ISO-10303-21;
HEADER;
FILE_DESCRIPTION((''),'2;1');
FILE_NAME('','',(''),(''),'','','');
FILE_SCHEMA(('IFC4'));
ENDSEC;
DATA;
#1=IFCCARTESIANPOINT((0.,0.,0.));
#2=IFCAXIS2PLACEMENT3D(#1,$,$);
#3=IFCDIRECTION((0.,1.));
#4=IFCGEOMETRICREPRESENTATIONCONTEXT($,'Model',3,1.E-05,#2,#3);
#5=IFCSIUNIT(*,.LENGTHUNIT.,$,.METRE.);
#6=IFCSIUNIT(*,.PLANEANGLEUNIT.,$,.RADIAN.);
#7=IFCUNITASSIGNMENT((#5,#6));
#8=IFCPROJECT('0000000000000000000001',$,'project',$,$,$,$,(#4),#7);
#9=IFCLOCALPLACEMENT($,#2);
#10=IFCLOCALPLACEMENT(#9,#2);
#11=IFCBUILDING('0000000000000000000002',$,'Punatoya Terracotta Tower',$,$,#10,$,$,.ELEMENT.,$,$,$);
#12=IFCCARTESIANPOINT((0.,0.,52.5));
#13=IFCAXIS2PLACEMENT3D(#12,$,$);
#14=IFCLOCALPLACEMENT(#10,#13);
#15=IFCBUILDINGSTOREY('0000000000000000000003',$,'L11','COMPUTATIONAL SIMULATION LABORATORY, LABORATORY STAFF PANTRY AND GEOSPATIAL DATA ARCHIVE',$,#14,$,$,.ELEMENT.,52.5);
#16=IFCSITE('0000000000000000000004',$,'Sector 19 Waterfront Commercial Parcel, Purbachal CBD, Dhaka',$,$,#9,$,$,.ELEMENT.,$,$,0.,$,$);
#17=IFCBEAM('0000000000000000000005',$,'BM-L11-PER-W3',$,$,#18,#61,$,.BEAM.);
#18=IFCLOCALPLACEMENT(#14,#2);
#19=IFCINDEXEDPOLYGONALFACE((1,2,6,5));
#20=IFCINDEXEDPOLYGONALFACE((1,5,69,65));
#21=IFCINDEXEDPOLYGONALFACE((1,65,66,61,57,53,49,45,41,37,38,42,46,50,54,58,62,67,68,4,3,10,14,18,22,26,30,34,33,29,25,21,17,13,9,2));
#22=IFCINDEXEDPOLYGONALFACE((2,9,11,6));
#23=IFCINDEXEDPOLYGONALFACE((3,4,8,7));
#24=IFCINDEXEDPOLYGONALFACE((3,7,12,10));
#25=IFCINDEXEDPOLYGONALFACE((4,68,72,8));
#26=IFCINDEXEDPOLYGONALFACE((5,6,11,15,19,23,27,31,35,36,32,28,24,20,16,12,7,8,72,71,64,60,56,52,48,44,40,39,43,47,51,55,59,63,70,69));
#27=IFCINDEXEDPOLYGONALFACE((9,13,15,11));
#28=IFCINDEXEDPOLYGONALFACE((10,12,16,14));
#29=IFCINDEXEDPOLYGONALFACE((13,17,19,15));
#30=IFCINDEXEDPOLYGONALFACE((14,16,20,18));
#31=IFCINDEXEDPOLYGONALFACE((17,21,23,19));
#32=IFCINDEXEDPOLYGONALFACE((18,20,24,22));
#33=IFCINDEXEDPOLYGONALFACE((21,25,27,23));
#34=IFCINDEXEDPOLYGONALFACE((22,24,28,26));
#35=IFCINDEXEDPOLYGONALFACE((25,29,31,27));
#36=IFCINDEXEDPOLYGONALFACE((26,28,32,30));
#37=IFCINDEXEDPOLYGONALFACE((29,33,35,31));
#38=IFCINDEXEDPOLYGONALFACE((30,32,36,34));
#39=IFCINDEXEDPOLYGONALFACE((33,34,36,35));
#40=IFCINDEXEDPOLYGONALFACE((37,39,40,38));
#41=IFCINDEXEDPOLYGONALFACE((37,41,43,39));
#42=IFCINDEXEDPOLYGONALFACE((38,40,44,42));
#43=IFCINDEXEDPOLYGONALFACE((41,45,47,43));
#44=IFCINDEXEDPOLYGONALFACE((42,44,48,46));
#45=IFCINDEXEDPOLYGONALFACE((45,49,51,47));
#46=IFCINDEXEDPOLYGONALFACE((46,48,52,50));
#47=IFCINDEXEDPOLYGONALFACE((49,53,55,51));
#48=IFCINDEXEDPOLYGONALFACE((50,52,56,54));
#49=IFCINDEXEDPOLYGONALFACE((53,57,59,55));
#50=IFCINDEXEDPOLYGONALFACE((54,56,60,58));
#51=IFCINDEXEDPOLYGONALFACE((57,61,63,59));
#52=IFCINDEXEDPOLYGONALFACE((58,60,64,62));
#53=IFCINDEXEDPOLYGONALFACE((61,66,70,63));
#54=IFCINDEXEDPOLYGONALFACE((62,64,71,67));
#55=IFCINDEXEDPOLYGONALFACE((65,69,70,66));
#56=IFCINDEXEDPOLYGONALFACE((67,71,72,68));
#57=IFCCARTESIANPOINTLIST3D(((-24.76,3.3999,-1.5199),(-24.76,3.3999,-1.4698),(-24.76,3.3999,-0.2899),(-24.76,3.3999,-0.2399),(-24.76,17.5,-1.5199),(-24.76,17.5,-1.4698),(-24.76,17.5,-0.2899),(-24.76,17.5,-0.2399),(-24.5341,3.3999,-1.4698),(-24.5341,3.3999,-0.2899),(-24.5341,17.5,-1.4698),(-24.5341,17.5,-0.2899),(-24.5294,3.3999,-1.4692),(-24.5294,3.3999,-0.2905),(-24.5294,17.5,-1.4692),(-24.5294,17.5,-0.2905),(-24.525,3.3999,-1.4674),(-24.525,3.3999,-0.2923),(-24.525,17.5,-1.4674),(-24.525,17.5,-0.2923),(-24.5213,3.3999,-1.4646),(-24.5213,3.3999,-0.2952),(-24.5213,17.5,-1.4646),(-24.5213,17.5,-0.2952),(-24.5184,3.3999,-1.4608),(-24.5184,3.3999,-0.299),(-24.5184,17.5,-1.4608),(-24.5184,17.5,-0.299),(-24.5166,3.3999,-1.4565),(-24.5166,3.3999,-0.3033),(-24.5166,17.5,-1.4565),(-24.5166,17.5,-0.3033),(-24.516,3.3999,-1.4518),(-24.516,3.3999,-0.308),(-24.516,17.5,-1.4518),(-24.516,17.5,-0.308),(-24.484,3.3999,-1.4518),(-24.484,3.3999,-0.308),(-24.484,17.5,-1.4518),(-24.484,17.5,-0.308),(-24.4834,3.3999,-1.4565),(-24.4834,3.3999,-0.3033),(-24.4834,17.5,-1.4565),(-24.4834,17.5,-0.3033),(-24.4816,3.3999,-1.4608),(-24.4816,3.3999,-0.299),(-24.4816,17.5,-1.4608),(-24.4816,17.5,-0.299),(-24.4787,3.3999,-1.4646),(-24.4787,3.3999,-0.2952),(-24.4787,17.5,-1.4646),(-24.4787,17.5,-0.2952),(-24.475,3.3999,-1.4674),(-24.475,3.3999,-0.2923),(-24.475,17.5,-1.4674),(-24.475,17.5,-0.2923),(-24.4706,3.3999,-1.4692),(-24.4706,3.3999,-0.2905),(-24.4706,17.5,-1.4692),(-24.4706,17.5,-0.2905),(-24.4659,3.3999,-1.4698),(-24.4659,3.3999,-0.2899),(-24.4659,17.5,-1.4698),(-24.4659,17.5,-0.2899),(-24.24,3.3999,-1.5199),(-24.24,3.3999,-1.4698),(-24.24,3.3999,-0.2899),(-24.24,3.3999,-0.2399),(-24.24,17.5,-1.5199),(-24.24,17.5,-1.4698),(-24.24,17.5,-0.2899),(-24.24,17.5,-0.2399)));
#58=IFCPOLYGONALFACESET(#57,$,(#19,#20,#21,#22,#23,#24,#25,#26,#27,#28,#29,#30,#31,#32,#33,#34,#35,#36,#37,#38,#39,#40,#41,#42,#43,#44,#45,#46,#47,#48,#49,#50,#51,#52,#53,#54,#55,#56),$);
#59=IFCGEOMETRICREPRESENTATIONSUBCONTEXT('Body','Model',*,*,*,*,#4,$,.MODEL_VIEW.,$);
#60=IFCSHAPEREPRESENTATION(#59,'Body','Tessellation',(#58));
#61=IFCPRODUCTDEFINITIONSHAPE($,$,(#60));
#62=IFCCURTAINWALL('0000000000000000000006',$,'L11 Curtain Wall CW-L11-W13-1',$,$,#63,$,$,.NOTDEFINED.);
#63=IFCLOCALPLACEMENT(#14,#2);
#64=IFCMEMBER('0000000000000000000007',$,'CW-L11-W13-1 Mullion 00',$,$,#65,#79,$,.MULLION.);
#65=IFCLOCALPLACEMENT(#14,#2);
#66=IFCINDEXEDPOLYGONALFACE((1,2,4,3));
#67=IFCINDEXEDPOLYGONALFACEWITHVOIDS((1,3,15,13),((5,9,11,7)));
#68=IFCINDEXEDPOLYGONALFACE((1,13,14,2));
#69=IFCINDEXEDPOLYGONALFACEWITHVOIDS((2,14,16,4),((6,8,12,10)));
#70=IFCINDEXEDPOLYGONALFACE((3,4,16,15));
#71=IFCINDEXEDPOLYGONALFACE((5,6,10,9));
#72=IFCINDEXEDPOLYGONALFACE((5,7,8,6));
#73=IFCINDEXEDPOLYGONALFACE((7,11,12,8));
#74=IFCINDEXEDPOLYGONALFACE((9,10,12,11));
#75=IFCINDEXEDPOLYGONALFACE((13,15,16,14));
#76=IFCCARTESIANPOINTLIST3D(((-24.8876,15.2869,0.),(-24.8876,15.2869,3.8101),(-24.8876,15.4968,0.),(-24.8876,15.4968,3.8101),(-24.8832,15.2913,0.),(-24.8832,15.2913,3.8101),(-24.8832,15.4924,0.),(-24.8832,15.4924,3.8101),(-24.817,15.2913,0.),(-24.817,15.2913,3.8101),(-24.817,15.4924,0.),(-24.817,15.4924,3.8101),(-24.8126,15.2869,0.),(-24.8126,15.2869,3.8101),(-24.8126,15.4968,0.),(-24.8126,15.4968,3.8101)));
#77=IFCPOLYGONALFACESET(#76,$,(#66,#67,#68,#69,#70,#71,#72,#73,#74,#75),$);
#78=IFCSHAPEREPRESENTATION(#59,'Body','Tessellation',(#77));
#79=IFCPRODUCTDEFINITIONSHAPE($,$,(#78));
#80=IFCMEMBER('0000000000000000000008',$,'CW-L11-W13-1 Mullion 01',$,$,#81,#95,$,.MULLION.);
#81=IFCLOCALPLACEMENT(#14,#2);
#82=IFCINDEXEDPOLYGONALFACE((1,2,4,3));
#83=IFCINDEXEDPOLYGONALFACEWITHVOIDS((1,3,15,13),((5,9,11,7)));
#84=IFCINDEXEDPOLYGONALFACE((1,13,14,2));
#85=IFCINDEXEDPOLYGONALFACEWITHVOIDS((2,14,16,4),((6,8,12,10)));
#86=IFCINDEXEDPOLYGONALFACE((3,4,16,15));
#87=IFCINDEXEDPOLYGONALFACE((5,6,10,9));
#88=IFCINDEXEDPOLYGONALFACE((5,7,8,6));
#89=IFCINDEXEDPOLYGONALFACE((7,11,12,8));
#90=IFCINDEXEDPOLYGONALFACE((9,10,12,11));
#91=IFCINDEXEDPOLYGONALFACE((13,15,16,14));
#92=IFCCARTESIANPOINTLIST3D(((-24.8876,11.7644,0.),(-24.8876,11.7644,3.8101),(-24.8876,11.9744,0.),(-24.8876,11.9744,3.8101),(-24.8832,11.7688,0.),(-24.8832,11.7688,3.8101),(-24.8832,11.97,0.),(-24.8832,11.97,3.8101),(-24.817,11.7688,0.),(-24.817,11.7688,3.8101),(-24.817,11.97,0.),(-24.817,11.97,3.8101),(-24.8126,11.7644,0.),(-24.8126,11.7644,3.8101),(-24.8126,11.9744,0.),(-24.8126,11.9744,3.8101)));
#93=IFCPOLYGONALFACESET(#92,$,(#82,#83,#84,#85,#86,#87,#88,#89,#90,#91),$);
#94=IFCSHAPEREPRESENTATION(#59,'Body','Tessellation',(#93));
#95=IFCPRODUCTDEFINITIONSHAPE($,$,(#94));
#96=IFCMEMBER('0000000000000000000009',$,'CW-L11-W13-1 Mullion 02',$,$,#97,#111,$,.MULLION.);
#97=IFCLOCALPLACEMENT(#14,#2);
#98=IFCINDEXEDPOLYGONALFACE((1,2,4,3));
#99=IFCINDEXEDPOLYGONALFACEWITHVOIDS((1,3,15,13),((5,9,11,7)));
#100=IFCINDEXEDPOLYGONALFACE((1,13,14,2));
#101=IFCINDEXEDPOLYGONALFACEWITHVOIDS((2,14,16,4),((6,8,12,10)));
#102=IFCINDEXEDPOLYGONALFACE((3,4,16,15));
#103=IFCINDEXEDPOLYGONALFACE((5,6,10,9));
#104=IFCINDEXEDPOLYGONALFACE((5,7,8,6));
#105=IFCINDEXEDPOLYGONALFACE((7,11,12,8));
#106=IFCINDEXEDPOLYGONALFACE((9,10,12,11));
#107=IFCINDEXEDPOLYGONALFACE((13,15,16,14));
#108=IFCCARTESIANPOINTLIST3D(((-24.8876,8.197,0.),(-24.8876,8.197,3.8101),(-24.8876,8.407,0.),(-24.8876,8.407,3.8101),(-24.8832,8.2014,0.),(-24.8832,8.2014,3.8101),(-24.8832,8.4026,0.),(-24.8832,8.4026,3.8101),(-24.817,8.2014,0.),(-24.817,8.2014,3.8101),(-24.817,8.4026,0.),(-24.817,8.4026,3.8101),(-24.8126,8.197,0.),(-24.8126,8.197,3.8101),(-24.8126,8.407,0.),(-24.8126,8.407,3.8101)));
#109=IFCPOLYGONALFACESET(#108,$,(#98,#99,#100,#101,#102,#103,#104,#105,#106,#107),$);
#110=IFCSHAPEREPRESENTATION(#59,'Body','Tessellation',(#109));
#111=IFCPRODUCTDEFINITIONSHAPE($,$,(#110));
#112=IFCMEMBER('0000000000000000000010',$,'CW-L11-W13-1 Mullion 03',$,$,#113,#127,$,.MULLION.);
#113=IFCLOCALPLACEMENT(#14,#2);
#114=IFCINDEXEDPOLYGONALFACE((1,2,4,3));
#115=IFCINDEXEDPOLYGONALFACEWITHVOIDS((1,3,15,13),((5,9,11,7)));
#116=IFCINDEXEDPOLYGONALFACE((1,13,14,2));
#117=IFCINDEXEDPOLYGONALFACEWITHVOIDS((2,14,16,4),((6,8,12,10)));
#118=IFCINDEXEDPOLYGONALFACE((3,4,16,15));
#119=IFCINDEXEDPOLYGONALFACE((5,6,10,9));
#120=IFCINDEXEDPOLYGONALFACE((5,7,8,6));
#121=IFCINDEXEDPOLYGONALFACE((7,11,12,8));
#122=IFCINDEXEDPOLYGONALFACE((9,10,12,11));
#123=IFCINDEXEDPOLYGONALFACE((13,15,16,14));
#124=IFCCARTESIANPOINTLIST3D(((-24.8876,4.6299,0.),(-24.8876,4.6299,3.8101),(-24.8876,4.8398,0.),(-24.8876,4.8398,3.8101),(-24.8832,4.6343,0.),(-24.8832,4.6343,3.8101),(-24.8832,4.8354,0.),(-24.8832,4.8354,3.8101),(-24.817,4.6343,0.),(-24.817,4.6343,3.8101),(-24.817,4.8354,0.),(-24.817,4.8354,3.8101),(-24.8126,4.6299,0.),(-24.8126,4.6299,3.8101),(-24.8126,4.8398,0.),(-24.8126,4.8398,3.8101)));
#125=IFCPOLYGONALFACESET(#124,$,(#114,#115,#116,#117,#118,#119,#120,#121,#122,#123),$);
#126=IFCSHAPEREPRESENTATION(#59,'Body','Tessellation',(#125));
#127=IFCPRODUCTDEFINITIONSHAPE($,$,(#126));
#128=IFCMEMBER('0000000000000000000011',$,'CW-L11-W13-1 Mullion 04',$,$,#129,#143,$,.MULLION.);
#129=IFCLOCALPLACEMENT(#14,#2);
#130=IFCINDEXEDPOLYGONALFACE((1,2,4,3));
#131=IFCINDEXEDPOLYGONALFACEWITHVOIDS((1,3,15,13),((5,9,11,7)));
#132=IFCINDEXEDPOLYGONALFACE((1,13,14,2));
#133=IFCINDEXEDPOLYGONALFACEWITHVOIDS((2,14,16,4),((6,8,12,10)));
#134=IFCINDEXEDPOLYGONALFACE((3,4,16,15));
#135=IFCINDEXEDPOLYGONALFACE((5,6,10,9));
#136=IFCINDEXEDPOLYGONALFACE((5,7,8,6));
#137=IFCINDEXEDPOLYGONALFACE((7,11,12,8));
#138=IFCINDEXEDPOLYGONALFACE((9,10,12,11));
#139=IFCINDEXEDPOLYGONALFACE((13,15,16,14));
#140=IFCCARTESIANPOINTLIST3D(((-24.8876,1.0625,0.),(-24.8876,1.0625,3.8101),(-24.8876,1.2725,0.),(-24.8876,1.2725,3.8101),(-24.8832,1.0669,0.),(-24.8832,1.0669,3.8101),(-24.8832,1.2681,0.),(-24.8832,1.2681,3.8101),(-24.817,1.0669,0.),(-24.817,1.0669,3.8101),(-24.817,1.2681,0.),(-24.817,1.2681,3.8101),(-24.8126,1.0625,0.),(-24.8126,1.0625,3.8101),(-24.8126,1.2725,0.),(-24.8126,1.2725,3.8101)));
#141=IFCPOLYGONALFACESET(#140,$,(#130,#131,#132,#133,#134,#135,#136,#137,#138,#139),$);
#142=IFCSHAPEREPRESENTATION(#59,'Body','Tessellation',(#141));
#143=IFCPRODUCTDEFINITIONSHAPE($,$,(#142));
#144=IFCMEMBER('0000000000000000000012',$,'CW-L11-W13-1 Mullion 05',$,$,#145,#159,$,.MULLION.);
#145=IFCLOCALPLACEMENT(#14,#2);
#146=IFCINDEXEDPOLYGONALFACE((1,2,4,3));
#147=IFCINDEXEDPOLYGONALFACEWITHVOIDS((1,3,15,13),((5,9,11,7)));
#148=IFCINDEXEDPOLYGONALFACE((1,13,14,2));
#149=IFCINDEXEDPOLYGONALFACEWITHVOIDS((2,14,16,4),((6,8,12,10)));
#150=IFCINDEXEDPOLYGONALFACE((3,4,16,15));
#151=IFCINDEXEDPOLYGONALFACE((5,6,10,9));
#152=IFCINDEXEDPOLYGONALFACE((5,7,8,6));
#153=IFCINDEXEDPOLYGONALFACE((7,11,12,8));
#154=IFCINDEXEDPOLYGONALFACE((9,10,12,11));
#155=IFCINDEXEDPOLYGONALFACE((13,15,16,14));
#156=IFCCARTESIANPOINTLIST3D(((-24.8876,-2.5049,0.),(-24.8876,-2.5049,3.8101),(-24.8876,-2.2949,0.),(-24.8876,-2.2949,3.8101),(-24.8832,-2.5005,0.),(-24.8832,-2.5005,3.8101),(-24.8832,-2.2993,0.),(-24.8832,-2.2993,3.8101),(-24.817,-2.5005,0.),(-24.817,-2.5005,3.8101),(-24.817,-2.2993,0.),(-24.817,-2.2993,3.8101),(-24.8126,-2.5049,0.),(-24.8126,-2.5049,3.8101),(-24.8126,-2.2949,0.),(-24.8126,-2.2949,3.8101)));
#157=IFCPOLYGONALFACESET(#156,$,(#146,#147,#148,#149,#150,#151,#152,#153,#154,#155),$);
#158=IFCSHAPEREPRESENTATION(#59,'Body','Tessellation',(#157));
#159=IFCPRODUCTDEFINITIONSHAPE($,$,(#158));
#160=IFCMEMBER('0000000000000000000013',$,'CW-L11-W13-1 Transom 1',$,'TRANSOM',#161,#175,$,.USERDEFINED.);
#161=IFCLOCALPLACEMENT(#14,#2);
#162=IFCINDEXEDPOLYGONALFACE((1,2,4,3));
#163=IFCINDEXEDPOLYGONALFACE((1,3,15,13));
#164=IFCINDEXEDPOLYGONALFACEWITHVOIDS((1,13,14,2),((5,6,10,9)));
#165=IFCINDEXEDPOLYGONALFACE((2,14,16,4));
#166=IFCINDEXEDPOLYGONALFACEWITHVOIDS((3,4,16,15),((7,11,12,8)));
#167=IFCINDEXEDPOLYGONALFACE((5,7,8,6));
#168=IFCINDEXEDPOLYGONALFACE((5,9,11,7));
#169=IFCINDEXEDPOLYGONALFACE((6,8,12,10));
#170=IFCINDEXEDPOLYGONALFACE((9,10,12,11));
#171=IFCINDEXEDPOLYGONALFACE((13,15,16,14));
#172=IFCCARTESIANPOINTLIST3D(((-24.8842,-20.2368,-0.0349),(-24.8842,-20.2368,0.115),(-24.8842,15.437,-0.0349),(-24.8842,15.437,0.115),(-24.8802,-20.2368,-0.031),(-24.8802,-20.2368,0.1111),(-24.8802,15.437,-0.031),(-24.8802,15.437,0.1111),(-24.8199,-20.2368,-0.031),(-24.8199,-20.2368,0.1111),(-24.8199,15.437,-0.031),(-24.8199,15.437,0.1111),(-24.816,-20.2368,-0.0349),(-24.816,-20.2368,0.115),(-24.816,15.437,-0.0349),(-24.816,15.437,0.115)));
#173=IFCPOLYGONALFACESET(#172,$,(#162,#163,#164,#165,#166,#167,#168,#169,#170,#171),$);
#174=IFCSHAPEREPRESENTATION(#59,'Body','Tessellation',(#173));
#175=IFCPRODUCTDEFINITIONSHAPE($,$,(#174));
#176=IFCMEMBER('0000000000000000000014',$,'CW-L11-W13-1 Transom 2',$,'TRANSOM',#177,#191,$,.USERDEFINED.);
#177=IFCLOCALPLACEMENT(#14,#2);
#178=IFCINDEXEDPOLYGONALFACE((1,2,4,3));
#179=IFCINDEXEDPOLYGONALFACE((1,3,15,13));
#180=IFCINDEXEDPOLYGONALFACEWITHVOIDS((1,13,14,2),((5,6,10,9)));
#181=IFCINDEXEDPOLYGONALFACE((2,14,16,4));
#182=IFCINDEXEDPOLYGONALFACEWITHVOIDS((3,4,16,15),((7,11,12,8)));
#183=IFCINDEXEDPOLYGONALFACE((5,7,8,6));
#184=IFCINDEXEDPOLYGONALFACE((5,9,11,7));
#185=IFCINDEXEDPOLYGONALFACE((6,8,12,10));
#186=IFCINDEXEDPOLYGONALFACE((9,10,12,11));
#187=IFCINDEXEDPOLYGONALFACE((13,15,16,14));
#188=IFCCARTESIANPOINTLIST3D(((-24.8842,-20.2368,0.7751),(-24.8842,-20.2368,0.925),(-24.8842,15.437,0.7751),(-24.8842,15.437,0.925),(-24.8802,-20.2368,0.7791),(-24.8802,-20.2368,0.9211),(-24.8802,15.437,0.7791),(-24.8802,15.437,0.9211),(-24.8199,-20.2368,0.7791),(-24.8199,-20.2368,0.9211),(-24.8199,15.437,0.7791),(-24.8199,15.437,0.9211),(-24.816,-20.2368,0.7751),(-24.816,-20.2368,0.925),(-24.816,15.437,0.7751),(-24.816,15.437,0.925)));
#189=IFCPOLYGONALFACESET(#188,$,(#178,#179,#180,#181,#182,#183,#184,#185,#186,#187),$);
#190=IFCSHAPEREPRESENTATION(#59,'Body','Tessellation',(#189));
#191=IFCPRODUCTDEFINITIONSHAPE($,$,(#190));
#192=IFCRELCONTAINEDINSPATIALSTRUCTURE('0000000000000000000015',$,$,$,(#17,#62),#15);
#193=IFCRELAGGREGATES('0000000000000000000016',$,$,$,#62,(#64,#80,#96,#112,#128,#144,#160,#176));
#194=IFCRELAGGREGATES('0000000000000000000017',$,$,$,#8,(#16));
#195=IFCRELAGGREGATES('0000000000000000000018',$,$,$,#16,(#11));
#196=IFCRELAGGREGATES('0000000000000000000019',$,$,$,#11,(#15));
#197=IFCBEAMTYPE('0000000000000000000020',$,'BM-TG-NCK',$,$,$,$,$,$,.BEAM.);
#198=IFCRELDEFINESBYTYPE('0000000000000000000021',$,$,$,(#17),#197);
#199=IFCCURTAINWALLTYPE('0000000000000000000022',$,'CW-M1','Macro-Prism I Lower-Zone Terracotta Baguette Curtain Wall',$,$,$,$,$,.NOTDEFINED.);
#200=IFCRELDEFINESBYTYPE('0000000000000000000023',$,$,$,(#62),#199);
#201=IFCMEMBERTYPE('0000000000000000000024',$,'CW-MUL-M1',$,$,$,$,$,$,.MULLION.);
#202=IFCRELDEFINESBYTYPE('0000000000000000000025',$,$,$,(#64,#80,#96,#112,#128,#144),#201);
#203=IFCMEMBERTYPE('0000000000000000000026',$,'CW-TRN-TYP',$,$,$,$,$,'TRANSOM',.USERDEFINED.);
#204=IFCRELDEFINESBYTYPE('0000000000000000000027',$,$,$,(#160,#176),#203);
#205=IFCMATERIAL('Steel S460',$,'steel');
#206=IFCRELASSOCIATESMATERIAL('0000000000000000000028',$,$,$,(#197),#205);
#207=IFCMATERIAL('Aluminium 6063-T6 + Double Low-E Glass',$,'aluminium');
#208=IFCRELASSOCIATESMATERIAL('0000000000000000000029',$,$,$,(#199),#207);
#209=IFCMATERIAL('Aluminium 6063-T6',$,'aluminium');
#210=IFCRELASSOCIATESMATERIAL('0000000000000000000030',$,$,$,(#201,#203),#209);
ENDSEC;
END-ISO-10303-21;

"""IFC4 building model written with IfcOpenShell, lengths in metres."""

from ifc_helpers import new_model, si_unit, direction, frame, origin, origin_2d, place, context, subcontext, project, spatial, hollow_rectangle, i_section, extrude, material, material_profile, profile_set, type_object, element, aggregate, save


model = new_model("IFC4")

# Units and contexts
model_context = context("Model", 3, precision=1e-05, world=origin(), true_north=direction((0.0, 1.0)))
body_context = subcontext(model_context, "Body", "Model", "MODEL_VIEW")
ifc_project = project(units=[si_unit("LENGTHUNIT", "METRE"), si_unit("PLANEANGLEUNIT", "RADIAN")], contexts=[model_context])

# Site, building, storey
site_placement = place(None, origin())
site = spatial("IfcSite", under=ifc_project, at=site_placement, Name="Sector 19 Waterfront Commercial Parcel, Purbachal CBD, Dhaka", CompositionType="ELEMENT", RefElevation=0.0)
building_placement = place(site_placement, origin())
building = spatial("IfcBuilding", under=site, at=building_placement, Name="Punatoya Terracotta Tower", CompositionType="ELEMENT")
storey_placement = place(building_placement, frame((0.0, 0.0, 52.5)))
storey = spatial("IfcBuildingStorey", under=building, at=storey_placement, Name="L11", Description="COMPUTATIONAL SIMULATION LABORATORY, LABORATORY STAFF PANTRY AND GEOSPATIAL DATA ARCHIVE", CompositionType="ELEMENT", Elevation=52.5)

# Shared definitions
ifc_material_1 = material(Name="Steel S460", Category="steel")

# Beam
ifc_material_profile_1 = material_profile(ifc_material_1, i_section(OverallWidth=0.52, OverallDepth=1.28, WebThickness=0.032, FlangeThickness=0.05, FilletRadius=0.0181, at=origin_2d()))
ifc_profile_set_1 = profile_set([ifc_material_profile_1], Name="Steel S460")
beam_type_1 = type_object("IfcBeamType", Name="BM-TG-NCK", PredefinedType="BEAM", material=ifc_profile_set_1)
beam_1_placement = place(storey_placement, frame((-24.5, 3.3999, -0.8799), z_axis=(0.0, 1.0, 0.0), x_axis=(-1.0, 0.0, 0.0)))
element("IfcBeam", 1, at=beam_1_placement, inside=storey, type_object=beam_type_1, Name="BM-L11-PER-W3", PredefinedType="BEAM", context=body_context, shape_type="SweptSolid", body=[
    extrude(i_section(OverallWidth=0.52, OverallDepth=1.28, WebThickness=0.032, FlangeThickness=0.05, FilletRadius=0.0181, at=origin_2d()), origin(), (0.0, 0.0, 1.0), 14.1001),
])

# Curtain wall, members
ifc_material_2 = material(Name="Aluminium 6063-T6 + Double Low-E Glass", Category="aluminium")
curtain_wall_type = type_object("IfcCurtainWallType", Name="CW-M1", Description="Macro-Prism I Lower-Zone Terracotta Baguette Curtain Wall", PredefinedType="NOTDEFINED", material=ifc_material_2)
curtain_wall_placement = place(storey_placement, origin())
curtain_wall = element("IfcCurtainWall", 2, at=curtain_wall_placement, inside=storey, type_object=curtain_wall_type, Name="L11 Curtain Wall CW-L11-W13-1", PredefinedType="NOTDEFINED")
ifc_material_3 = material(Name="Aluminium 6063-T6", Category="aluminium")
ifc_material_profile_2 = material_profile(ifc_material_3, hollow_rectangle(XDim=0.075, YDim=0.21, WallThickness=0.0044, at=origin_2d()))
ifc_profile_set_2 = profile_set([ifc_material_profile_2], Name="Aluminium 6063-T6")
member_type_1 = type_object("IfcMemberType", Name="CW-MUL-M1", PredefinedType="MULLION", material=ifc_profile_set_2)
member_1_placement = place(storey_placement, frame((-24.8501, 15.3918, 0.0), z_axis=(0.0, 0.0, 1.0), x_axis=(1.0, 0.0, 0.0)))
member_1 = element("IfcMember", 3, at=member_1_placement, type_object=member_type_1, Name="CW-L11-W13-1 Mullion 00", PredefinedType="MULLION", context=body_context, shape_type="SweptSolid", body=[
    extrude(hollow_rectangle(XDim=0.075, YDim=0.21, WallThickness=0.0044, at=origin_2d()), origin(), (0.0, 0.0, 1.0), 3.8101),
])
member_2_placement = place(storey_placement, frame((-24.8501, 11.8694, 0.0), z_axis=(0.0, 0.0, 1.0), x_axis=(1.0, 0.0, 0.0)))
member_2 = element("IfcMember", 4, at=member_2_placement, type_object=member_type_1, Name="CW-L11-W13-1 Mullion 01", PredefinedType="MULLION", context=body_context, shape_type="SweptSolid", body=[
    extrude(hollow_rectangle(XDim=0.075, YDim=0.21, WallThickness=0.0044, at=origin_2d()), origin(), (0.0, 0.0, 1.0), 3.8101),
])
member_3_placement = place(storey_placement, frame((-24.8501, 8.302, 0.0), z_axis=(0.0, 0.0, 1.0), x_axis=(1.0, 0.0, 0.0)))
member_3 = element("IfcMember", 5, at=member_3_placement, type_object=member_type_1, Name="CW-L11-W13-1 Mullion 02", PredefinedType="MULLION", context=body_context, shape_type="SweptSolid", body=[
    extrude(hollow_rectangle(XDim=0.075, YDim=0.21, WallThickness=0.0044, at=origin_2d()), origin(), (0.0, 0.0, 1.0), 3.8101),
])
member_4_placement = place(storey_placement, frame((-24.8501, 4.7349, 0.0), z_axis=(0.0, 0.0, 1.0), x_axis=(1.0, 0.0, 0.0)))
member_4 = element("IfcMember", 6, at=member_4_placement, type_object=member_type_1, Name="CW-L11-W13-1 Mullion 03", PredefinedType="MULLION", context=body_context, shape_type="SweptSolid", body=[
    extrude(hollow_rectangle(XDim=0.075, YDim=0.21, WallThickness=0.0044, at=origin_2d()), origin(), (0.0, 0.0, 1.0), 3.8101),
])
member_5_placement = place(storey_placement, frame((-24.8501, 1.1675, 0.0), z_axis=(0.0, 0.0, 1.0), x_axis=(1.0, 0.0, 0.0)))
member_5 = element("IfcMember", 7, at=member_5_placement, type_object=member_type_1, Name="CW-L11-W13-1 Mullion 04", PredefinedType="MULLION", context=body_context, shape_type="SweptSolid", body=[
    extrude(hollow_rectangle(XDim=0.075, YDim=0.21, WallThickness=0.0044, at=origin_2d()), origin(), (0.0, 0.0, 1.0), 3.8101),
])
member_6_placement = place(storey_placement, frame((-24.8501, -2.3999, 0.0), z_axis=(0.0, 0.0, 1.0), x_axis=(1.0, 0.0, 0.0)))
member_6 = element("IfcMember", 8, at=member_6_placement, type_object=member_type_1, Name="CW-L11-W13-1 Mullion 05", PredefinedType="MULLION", context=body_context, shape_type="SweptSolid", body=[
    extrude(hollow_rectangle(XDim=0.075, YDim=0.21, WallThickness=0.0044, at=origin_2d()), origin(), (0.0, 0.0, 1.0), 3.8101),
])
ifc_material_profile_3 = material_profile(ifc_material_3, hollow_rectangle(XDim=0.0681, YDim=0.1499, WallThickness=0.0039, at=origin_2d()))
ifc_profile_set_3 = profile_set([ifc_material_profile_3], Name="Aluminium 6063-T6")
member_type_2 = type_object("IfcMemberType", Name="CW-TRN-TYP", ElementType="TRANSOM", PredefinedType="USERDEFINED", material=ifc_profile_set_3)
member_7_placement = place(storey_placement, frame((-24.8501, 15.437, 0.04), z_axis=(0.0, -1.0, 0.0), x_axis=(1.0, 0.0, 0.0)))
member_7 = element("IfcMember", 9, at=member_7_placement, type_object=member_type_2, Name="CW-L11-W13-1 Transom 1", ObjectType="TRANSOM", PredefinedType="USERDEFINED", context=body_context, shape_type="SweptSolid", body=[
    extrude(hollow_rectangle(XDim=0.0681, YDim=0.1499, WallThickness=0.0039, at=origin_2d()), origin(), (0.0, 0.0, 1.0), 35.6738),
])
member_8_placement = place(storey_placement, frame((-24.8501, 15.437, 0.8501), z_axis=(0.0, -1.0, 0.0), x_axis=(1.0, 0.0, 0.0)))
member_8 = element("IfcMember", 10, at=member_8_placement, type_object=member_type_2, Name="CW-L11-W13-1 Transom 2", ObjectType="TRANSOM", PredefinedType="USERDEFINED", context=body_context, shape_type="SweptSolid", body=[
    extrude(hollow_rectangle(XDim=0.0681, YDim=0.1499, WallThickness=0.0039, at=origin_2d()), origin(), (0.0, 0.0, 1.0), 35.6738),
])
aggregate(curtain_wall, [member_1, member_2, member_3, member_4, member_5, member_6, member_7, member_8])

save(model, "model.ifc")
